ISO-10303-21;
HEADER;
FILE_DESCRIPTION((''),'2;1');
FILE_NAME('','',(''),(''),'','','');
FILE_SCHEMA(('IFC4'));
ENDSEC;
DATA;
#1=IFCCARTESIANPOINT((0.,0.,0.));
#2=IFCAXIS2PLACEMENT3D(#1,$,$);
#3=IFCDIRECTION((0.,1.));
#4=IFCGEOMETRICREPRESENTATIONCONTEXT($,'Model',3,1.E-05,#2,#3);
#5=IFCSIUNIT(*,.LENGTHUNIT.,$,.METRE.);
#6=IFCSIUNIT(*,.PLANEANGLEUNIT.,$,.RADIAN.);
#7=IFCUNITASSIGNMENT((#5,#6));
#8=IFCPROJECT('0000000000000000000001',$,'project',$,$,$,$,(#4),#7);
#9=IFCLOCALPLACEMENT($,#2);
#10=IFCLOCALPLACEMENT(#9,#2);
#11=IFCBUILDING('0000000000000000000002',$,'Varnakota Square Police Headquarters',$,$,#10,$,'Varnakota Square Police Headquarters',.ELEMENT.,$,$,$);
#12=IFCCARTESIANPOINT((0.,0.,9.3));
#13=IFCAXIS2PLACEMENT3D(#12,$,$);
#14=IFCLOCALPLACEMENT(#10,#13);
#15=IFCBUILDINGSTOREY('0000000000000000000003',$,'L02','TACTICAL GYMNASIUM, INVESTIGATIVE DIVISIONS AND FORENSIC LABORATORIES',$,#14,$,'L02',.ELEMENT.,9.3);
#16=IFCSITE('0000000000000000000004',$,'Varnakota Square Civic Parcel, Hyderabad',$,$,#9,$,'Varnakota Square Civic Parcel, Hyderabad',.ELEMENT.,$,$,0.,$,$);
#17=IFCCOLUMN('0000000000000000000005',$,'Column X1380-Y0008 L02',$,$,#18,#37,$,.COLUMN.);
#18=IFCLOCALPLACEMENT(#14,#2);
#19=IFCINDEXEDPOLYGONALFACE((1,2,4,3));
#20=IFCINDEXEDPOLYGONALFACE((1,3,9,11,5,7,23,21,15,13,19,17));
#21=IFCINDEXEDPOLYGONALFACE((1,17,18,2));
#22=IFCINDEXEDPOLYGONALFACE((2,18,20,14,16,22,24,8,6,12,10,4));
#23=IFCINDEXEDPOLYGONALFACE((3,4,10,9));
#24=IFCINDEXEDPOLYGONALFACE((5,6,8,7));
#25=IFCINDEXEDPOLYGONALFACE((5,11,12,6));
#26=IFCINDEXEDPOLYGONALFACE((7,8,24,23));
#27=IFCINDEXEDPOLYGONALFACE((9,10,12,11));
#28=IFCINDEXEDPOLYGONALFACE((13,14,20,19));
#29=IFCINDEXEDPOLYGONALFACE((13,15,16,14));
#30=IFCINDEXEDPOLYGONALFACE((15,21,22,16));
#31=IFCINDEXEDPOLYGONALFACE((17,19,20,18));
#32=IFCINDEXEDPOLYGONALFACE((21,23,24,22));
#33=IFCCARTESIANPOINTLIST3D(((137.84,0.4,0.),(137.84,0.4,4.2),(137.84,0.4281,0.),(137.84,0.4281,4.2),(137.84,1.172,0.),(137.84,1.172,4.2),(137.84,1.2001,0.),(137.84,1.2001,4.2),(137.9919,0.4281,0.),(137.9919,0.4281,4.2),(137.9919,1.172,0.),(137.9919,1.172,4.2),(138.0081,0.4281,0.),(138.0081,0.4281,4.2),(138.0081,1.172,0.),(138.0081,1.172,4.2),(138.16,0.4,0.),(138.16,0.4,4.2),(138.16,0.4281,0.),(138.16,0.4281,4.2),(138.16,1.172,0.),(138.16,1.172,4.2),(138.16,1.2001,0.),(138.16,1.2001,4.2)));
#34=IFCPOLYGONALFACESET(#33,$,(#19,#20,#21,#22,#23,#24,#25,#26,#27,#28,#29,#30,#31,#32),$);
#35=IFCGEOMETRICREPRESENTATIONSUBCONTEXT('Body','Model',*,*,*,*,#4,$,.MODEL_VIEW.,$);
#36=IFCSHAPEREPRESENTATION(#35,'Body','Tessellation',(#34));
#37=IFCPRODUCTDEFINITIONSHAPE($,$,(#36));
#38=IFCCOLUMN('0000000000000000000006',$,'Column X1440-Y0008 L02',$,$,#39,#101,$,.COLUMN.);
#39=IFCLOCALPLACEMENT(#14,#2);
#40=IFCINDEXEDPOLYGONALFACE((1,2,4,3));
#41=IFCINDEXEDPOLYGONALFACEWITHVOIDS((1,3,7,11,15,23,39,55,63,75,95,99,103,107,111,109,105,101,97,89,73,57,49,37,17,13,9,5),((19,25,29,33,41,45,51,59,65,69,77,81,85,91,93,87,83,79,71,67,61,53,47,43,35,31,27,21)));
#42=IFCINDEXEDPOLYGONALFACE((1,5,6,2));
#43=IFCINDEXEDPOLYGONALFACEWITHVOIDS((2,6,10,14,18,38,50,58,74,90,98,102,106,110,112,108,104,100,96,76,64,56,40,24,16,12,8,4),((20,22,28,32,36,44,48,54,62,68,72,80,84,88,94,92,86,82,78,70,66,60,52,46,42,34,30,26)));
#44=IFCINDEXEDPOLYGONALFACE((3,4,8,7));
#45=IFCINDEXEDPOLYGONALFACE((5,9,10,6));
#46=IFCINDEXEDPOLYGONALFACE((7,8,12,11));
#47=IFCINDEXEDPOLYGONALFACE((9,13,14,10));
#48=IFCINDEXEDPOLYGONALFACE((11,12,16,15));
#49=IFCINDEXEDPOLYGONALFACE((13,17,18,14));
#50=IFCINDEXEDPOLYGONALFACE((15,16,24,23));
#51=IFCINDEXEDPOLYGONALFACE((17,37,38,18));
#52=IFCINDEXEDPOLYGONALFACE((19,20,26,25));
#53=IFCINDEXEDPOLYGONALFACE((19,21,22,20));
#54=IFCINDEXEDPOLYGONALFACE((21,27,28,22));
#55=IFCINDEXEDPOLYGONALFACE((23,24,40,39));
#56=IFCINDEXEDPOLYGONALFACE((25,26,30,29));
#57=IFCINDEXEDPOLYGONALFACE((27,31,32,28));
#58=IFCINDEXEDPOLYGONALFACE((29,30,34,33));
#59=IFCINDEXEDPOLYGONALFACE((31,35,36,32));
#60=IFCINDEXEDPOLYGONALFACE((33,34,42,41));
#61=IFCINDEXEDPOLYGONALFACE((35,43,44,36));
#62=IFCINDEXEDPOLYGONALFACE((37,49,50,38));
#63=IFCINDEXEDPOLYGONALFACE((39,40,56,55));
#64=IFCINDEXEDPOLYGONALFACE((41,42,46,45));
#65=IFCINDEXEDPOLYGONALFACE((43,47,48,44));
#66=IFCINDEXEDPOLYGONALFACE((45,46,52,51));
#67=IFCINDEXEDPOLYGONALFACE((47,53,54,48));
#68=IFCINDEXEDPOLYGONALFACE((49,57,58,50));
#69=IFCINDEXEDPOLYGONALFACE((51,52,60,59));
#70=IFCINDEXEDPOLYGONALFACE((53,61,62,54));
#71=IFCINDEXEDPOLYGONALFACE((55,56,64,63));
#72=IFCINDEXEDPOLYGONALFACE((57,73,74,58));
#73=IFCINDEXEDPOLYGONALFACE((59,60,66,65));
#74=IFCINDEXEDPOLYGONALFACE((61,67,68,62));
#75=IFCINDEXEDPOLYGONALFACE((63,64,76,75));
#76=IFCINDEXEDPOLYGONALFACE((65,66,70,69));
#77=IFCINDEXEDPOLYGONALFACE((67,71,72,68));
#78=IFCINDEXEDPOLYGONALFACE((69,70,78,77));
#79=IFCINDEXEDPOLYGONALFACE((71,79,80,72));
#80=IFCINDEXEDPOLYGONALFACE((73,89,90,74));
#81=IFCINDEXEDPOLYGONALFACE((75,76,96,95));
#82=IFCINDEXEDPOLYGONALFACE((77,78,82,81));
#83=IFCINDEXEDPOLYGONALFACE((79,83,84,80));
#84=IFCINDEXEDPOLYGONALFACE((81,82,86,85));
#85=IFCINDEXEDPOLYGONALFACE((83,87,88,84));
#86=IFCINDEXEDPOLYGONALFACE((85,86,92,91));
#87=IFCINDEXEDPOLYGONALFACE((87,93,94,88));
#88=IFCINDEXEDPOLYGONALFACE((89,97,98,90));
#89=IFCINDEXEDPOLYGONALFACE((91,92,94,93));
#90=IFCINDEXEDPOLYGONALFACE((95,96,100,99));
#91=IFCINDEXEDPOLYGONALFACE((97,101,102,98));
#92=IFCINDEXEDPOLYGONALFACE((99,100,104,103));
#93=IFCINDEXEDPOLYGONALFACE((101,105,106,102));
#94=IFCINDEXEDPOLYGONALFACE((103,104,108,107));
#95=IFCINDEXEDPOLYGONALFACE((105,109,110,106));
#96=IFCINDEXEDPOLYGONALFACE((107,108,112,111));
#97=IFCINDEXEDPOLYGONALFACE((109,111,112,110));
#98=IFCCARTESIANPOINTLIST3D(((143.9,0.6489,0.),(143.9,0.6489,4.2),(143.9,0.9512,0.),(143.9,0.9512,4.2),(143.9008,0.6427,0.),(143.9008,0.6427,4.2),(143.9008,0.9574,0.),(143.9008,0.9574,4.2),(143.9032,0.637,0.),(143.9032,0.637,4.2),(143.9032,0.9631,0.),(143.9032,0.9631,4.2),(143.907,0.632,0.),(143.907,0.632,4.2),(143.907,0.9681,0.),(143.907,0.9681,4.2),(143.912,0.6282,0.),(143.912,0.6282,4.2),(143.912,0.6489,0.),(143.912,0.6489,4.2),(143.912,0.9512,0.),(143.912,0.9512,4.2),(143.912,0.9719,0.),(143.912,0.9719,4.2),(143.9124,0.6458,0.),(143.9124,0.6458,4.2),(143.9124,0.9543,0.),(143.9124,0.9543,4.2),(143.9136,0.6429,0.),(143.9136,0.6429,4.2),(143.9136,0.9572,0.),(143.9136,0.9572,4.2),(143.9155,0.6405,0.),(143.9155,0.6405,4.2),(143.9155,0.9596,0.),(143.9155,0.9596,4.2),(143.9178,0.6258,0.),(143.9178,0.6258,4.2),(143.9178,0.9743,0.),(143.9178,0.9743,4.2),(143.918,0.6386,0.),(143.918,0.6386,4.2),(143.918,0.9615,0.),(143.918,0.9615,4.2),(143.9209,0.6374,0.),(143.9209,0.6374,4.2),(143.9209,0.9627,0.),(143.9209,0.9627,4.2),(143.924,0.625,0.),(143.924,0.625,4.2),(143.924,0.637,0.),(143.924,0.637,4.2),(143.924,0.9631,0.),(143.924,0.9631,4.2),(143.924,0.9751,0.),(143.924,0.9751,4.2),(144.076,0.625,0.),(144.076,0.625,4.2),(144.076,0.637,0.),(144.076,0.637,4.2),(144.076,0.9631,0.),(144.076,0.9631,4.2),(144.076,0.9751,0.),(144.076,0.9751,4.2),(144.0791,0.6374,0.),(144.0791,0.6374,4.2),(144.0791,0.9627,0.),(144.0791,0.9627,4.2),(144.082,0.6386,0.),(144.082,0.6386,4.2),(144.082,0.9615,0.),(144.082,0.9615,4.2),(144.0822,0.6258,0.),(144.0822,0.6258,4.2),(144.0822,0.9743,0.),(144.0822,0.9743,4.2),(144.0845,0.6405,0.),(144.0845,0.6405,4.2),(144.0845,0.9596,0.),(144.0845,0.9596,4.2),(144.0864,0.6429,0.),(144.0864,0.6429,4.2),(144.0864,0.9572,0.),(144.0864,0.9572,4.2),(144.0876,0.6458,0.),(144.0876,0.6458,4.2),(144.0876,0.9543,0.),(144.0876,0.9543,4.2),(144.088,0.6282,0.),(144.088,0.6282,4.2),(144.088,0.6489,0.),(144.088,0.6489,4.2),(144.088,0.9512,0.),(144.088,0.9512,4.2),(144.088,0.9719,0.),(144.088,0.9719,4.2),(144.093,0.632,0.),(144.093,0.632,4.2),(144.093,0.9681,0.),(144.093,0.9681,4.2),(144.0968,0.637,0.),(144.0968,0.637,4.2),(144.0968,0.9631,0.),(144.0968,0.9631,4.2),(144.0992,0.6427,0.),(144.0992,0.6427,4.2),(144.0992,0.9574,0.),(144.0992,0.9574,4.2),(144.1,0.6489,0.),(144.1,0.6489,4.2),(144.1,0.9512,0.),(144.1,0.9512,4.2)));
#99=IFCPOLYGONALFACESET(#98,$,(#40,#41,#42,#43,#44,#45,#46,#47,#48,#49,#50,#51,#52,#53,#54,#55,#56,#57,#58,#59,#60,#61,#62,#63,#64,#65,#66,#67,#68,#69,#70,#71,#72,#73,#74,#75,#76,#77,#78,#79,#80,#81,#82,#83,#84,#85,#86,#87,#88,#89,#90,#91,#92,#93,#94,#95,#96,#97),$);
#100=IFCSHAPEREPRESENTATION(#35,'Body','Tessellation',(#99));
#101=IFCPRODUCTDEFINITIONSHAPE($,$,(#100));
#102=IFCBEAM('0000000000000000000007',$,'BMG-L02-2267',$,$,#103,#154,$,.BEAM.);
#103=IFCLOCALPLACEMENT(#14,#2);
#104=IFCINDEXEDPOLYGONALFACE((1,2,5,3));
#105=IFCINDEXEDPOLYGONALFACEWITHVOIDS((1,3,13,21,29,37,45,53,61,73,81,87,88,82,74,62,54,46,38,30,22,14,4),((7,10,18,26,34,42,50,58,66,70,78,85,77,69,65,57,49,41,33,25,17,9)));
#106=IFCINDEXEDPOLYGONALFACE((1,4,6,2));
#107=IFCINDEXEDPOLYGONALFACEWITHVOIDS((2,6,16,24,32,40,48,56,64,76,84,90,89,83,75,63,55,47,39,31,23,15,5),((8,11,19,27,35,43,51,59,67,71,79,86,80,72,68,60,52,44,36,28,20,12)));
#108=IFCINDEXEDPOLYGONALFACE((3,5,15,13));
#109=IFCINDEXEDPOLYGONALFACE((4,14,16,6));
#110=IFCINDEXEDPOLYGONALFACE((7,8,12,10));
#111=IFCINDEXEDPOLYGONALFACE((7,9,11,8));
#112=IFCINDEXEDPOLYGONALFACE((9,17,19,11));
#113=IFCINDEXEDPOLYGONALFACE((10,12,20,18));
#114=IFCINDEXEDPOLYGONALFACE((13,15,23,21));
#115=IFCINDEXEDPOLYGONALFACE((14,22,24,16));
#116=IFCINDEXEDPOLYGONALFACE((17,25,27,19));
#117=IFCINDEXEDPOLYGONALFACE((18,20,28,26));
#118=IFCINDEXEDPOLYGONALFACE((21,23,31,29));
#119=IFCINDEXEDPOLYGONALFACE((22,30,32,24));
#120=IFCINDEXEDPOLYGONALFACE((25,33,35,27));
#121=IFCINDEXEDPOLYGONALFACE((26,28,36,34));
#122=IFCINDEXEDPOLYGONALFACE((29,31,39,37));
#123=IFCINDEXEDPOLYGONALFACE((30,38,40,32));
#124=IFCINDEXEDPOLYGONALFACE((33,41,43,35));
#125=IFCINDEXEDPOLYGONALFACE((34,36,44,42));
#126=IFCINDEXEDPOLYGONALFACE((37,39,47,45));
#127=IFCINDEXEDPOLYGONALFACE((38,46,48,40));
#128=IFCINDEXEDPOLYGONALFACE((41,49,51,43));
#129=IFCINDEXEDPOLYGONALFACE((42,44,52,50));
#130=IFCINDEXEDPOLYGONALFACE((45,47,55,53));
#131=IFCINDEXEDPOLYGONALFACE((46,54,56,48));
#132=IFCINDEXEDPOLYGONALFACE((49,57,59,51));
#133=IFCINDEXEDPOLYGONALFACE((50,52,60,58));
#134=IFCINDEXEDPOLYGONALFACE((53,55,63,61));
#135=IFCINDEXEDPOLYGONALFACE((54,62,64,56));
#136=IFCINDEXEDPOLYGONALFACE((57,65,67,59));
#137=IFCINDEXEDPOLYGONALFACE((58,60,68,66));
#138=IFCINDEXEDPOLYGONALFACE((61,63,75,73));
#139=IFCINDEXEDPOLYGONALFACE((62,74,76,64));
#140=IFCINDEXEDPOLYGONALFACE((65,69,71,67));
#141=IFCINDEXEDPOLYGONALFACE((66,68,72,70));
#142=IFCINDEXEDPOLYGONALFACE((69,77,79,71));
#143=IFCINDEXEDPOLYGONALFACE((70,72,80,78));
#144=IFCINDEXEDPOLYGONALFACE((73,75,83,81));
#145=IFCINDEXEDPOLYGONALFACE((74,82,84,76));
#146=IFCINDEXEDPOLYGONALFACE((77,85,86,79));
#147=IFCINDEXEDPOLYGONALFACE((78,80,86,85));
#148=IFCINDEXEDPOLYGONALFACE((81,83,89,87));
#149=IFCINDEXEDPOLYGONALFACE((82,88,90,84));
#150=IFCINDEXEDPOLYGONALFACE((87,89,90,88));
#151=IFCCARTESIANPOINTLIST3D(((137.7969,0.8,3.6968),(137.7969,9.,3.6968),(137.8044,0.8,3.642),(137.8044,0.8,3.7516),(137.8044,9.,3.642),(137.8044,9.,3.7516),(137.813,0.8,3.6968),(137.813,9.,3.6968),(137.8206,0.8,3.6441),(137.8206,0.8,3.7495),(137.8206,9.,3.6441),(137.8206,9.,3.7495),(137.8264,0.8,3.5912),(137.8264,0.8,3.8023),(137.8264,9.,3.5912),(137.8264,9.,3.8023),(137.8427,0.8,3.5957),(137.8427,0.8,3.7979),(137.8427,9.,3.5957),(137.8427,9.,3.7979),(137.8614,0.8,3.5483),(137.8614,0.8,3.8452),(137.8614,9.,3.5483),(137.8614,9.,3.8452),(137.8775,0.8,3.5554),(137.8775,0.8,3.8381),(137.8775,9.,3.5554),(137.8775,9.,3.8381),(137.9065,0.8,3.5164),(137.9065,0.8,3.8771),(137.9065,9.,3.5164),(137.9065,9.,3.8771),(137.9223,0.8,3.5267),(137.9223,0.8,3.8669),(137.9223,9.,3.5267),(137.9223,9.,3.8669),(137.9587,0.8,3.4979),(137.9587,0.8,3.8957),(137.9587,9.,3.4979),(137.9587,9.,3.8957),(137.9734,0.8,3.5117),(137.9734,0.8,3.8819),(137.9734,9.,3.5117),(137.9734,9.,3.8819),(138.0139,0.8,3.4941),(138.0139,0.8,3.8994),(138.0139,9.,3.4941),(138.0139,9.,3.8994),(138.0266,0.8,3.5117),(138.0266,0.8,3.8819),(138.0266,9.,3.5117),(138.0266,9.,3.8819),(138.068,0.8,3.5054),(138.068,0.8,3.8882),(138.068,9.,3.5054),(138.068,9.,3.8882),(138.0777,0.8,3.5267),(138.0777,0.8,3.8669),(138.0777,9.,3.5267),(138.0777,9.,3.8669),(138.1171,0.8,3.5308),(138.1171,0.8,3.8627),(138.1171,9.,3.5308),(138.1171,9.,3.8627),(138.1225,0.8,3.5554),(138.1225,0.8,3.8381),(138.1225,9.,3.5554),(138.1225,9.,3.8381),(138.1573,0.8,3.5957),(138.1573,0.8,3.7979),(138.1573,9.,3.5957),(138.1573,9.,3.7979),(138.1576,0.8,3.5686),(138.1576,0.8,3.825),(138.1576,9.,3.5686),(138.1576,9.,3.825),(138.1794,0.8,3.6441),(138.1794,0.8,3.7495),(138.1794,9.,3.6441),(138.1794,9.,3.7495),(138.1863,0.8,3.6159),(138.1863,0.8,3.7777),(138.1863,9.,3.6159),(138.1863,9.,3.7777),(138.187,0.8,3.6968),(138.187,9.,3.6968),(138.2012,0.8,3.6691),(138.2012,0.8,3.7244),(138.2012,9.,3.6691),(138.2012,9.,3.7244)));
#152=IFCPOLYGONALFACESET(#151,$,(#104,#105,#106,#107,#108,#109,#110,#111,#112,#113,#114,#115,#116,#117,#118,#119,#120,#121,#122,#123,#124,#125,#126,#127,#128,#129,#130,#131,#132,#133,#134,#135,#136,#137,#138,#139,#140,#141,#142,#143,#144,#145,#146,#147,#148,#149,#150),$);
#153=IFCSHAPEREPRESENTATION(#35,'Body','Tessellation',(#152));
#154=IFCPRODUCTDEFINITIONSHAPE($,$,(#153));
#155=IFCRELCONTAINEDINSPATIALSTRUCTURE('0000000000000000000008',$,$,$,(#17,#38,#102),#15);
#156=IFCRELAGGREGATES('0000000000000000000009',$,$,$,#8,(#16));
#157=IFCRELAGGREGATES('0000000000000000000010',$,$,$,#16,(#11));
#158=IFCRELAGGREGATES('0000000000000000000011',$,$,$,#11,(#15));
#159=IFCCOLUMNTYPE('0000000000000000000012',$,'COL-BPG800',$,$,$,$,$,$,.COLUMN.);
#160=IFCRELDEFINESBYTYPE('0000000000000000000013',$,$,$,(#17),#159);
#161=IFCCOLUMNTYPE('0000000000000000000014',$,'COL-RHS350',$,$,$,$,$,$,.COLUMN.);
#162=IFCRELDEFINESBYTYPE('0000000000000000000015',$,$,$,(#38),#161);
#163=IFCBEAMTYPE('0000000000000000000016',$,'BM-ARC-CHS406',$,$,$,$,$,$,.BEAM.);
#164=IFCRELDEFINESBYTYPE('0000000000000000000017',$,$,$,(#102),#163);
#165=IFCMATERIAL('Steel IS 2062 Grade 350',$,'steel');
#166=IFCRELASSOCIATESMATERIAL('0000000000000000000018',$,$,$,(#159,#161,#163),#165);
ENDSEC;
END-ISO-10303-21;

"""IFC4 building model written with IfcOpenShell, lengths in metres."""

from ifc_helpers import new_model, si_unit, direction, frame, origin, origin_2d, place, context, subcontext, project, spatial, hollow_rectangle, hollow_circle, i_section, extrude, material, material_profile, profile_set, type_object, element, save


model = new_model("IFC4")

# Units and contexts
model_context = context("Model", 3, precision=1e-05, world=origin(), true_north=direction((0.0, 1.0)))
body_context = subcontext(model_context, "Body", "Model", "MODEL_VIEW")
ifc_project = project(units=[si_unit("LENGTHUNIT", "METRE"), si_unit("PLANEANGLEUNIT", "RADIAN")], contexts=[model_context])

# Site, building, storey
site_placement = place(None, origin())
site = spatial("IfcSite", under=ifc_project, at=site_placement, Name="Varnakota Square Civic Parcel, Hyderabad", LongName="Varnakota Square Civic Parcel, Hyderabad", CompositionType="ELEMENT", RefElevation=0.0)
building_placement = place(site_placement, origin())
building = spatial("IfcBuilding", under=site, at=building_placement, Name="Varnakota Square Police Headquarters", LongName="Varnakota Square Police Headquarters", CompositionType="ELEMENT")
storey_placement = place(building_placement, frame((0.0, 0.0, 9.3)))
storey = spatial("IfcBuildingStorey", under=building, at=storey_placement, Name="L02", Description="TACTICAL GYMNASIUM, INVESTIGATIVE DIVISIONS AND FORENSIC LABORATORIES", LongName="L02", CompositionType="ELEMENT", Elevation=9.3)

# Columns
ifc_material_1 = material(Name="Steel IS 2062 Grade 350", Category="steel")
ifc_material_profile_1 = material_profile(ifc_material_1, i_section(OverallWidth=0.3201, OverallDepth=0.8, WebThickness=0.0161, FlangeThickness=0.0281, at=origin_2d()), Name="BPG 800x320")
ifc_profile_set_1 = profile_set([ifc_material_profile_1], Name="Steel IS 2062 Grade 350")
column_type_1 = type_object("IfcColumnType", Name="COL-BPG800", PredefinedType="COLUMN", material=ifc_profile_set_1)
column_1_placement = place(storey_placement, frame((138.0, 0.8, 0.0), z_axis=(0.0, 0.0, 1.0), x_axis=(1.0, 0.0, 0.0)))
element("IfcColumn", 1, at=column_1_placement, inside=storey, type_object=column_type_1, Name="Column X1380-Y0008 L02", PredefinedType="COLUMN", context=body_context, shape_type="SweptSolid", body=[
    extrude(i_section(OverallWidth=0.3201, OverallDepth=0.8, WebThickness=0.0161, FlangeThickness=0.0281, at=origin_2d()), origin(), (0.0, 0.0, 1.0), 4.2),
])
ifc_material_profile_2 = material_profile(ifc_material_1, hollow_rectangle(XDim=0.2, YDim=0.3501, WallThickness=0.012, InnerFilletRadius=0.012, OuterFilletRadius=0.0239, at=origin_2d()), Name="RHS 350x200x12")
ifc_profile_set_2 = profile_set([ifc_material_profile_2], Name="Steel IS 2062 Grade 350")
column_type_2 = type_object("IfcColumnType", Name="COL-RHS350", PredefinedType="COLUMN", material=ifc_profile_set_2)
column_2_placement = place(storey_placement, frame((144.0, 0.8, 0.0), z_axis=(0.0, 0.0, 1.0), x_axis=(1.0, 0.0, 0.0)))
element("IfcColumn", 2, at=column_2_placement, inside=storey, type_object=column_type_2, Name="Column X1440-Y0008 L02", PredefinedType="COLUMN", context=body_context, shape_type="SweptSolid", body=[
    extrude(hollow_rectangle(XDim=0.2, YDim=0.3501, WallThickness=0.012, InnerFilletRadius=0.012, OuterFilletRadius=0.0239, at=origin_2d()), origin(), (0.0, 0.0, 1.0), 4.2),
])

# Beam
ifc_material_profile_3 = material_profile(ifc_material_1, hollow_circle(Radius=0.2031, WallThickness=0.0161, at=origin_2d()), Name="CHS 406.4x16.0")
ifc_profile_set_3 = profile_set([ifc_material_profile_3], Name="Steel IS 2062 Grade 350")
beam_type_1 = type_object("IfcBeamType", Name="BM-ARC-CHS406", PredefinedType="BEAM", material=ifc_profile_set_3)
for number, where, z_axis, x_axis, name in (
    (3, (138.0, 0.8, 3.6968), (0.0, 1.0, 0.0), (-1.0, 0.0, 0.0), "BMG-L02-2267"),
):
    element("IfcBeam", number, at=place(storey_placement, frame(where, z_axis=z_axis, x_axis=x_axis)), inside=storey, type_object=beam_type_1, Name=name, PredefinedType="BEAM", context=body_context, shape_type="SweptSolid", body=[
        extrude(hollow_circle(Radius=0.2031, WallThickness=0.0161, at=origin_2d()), origin(), (0.0, 0.0, 1.0), 8.2),
    ])

save(model, "model.ifc")
